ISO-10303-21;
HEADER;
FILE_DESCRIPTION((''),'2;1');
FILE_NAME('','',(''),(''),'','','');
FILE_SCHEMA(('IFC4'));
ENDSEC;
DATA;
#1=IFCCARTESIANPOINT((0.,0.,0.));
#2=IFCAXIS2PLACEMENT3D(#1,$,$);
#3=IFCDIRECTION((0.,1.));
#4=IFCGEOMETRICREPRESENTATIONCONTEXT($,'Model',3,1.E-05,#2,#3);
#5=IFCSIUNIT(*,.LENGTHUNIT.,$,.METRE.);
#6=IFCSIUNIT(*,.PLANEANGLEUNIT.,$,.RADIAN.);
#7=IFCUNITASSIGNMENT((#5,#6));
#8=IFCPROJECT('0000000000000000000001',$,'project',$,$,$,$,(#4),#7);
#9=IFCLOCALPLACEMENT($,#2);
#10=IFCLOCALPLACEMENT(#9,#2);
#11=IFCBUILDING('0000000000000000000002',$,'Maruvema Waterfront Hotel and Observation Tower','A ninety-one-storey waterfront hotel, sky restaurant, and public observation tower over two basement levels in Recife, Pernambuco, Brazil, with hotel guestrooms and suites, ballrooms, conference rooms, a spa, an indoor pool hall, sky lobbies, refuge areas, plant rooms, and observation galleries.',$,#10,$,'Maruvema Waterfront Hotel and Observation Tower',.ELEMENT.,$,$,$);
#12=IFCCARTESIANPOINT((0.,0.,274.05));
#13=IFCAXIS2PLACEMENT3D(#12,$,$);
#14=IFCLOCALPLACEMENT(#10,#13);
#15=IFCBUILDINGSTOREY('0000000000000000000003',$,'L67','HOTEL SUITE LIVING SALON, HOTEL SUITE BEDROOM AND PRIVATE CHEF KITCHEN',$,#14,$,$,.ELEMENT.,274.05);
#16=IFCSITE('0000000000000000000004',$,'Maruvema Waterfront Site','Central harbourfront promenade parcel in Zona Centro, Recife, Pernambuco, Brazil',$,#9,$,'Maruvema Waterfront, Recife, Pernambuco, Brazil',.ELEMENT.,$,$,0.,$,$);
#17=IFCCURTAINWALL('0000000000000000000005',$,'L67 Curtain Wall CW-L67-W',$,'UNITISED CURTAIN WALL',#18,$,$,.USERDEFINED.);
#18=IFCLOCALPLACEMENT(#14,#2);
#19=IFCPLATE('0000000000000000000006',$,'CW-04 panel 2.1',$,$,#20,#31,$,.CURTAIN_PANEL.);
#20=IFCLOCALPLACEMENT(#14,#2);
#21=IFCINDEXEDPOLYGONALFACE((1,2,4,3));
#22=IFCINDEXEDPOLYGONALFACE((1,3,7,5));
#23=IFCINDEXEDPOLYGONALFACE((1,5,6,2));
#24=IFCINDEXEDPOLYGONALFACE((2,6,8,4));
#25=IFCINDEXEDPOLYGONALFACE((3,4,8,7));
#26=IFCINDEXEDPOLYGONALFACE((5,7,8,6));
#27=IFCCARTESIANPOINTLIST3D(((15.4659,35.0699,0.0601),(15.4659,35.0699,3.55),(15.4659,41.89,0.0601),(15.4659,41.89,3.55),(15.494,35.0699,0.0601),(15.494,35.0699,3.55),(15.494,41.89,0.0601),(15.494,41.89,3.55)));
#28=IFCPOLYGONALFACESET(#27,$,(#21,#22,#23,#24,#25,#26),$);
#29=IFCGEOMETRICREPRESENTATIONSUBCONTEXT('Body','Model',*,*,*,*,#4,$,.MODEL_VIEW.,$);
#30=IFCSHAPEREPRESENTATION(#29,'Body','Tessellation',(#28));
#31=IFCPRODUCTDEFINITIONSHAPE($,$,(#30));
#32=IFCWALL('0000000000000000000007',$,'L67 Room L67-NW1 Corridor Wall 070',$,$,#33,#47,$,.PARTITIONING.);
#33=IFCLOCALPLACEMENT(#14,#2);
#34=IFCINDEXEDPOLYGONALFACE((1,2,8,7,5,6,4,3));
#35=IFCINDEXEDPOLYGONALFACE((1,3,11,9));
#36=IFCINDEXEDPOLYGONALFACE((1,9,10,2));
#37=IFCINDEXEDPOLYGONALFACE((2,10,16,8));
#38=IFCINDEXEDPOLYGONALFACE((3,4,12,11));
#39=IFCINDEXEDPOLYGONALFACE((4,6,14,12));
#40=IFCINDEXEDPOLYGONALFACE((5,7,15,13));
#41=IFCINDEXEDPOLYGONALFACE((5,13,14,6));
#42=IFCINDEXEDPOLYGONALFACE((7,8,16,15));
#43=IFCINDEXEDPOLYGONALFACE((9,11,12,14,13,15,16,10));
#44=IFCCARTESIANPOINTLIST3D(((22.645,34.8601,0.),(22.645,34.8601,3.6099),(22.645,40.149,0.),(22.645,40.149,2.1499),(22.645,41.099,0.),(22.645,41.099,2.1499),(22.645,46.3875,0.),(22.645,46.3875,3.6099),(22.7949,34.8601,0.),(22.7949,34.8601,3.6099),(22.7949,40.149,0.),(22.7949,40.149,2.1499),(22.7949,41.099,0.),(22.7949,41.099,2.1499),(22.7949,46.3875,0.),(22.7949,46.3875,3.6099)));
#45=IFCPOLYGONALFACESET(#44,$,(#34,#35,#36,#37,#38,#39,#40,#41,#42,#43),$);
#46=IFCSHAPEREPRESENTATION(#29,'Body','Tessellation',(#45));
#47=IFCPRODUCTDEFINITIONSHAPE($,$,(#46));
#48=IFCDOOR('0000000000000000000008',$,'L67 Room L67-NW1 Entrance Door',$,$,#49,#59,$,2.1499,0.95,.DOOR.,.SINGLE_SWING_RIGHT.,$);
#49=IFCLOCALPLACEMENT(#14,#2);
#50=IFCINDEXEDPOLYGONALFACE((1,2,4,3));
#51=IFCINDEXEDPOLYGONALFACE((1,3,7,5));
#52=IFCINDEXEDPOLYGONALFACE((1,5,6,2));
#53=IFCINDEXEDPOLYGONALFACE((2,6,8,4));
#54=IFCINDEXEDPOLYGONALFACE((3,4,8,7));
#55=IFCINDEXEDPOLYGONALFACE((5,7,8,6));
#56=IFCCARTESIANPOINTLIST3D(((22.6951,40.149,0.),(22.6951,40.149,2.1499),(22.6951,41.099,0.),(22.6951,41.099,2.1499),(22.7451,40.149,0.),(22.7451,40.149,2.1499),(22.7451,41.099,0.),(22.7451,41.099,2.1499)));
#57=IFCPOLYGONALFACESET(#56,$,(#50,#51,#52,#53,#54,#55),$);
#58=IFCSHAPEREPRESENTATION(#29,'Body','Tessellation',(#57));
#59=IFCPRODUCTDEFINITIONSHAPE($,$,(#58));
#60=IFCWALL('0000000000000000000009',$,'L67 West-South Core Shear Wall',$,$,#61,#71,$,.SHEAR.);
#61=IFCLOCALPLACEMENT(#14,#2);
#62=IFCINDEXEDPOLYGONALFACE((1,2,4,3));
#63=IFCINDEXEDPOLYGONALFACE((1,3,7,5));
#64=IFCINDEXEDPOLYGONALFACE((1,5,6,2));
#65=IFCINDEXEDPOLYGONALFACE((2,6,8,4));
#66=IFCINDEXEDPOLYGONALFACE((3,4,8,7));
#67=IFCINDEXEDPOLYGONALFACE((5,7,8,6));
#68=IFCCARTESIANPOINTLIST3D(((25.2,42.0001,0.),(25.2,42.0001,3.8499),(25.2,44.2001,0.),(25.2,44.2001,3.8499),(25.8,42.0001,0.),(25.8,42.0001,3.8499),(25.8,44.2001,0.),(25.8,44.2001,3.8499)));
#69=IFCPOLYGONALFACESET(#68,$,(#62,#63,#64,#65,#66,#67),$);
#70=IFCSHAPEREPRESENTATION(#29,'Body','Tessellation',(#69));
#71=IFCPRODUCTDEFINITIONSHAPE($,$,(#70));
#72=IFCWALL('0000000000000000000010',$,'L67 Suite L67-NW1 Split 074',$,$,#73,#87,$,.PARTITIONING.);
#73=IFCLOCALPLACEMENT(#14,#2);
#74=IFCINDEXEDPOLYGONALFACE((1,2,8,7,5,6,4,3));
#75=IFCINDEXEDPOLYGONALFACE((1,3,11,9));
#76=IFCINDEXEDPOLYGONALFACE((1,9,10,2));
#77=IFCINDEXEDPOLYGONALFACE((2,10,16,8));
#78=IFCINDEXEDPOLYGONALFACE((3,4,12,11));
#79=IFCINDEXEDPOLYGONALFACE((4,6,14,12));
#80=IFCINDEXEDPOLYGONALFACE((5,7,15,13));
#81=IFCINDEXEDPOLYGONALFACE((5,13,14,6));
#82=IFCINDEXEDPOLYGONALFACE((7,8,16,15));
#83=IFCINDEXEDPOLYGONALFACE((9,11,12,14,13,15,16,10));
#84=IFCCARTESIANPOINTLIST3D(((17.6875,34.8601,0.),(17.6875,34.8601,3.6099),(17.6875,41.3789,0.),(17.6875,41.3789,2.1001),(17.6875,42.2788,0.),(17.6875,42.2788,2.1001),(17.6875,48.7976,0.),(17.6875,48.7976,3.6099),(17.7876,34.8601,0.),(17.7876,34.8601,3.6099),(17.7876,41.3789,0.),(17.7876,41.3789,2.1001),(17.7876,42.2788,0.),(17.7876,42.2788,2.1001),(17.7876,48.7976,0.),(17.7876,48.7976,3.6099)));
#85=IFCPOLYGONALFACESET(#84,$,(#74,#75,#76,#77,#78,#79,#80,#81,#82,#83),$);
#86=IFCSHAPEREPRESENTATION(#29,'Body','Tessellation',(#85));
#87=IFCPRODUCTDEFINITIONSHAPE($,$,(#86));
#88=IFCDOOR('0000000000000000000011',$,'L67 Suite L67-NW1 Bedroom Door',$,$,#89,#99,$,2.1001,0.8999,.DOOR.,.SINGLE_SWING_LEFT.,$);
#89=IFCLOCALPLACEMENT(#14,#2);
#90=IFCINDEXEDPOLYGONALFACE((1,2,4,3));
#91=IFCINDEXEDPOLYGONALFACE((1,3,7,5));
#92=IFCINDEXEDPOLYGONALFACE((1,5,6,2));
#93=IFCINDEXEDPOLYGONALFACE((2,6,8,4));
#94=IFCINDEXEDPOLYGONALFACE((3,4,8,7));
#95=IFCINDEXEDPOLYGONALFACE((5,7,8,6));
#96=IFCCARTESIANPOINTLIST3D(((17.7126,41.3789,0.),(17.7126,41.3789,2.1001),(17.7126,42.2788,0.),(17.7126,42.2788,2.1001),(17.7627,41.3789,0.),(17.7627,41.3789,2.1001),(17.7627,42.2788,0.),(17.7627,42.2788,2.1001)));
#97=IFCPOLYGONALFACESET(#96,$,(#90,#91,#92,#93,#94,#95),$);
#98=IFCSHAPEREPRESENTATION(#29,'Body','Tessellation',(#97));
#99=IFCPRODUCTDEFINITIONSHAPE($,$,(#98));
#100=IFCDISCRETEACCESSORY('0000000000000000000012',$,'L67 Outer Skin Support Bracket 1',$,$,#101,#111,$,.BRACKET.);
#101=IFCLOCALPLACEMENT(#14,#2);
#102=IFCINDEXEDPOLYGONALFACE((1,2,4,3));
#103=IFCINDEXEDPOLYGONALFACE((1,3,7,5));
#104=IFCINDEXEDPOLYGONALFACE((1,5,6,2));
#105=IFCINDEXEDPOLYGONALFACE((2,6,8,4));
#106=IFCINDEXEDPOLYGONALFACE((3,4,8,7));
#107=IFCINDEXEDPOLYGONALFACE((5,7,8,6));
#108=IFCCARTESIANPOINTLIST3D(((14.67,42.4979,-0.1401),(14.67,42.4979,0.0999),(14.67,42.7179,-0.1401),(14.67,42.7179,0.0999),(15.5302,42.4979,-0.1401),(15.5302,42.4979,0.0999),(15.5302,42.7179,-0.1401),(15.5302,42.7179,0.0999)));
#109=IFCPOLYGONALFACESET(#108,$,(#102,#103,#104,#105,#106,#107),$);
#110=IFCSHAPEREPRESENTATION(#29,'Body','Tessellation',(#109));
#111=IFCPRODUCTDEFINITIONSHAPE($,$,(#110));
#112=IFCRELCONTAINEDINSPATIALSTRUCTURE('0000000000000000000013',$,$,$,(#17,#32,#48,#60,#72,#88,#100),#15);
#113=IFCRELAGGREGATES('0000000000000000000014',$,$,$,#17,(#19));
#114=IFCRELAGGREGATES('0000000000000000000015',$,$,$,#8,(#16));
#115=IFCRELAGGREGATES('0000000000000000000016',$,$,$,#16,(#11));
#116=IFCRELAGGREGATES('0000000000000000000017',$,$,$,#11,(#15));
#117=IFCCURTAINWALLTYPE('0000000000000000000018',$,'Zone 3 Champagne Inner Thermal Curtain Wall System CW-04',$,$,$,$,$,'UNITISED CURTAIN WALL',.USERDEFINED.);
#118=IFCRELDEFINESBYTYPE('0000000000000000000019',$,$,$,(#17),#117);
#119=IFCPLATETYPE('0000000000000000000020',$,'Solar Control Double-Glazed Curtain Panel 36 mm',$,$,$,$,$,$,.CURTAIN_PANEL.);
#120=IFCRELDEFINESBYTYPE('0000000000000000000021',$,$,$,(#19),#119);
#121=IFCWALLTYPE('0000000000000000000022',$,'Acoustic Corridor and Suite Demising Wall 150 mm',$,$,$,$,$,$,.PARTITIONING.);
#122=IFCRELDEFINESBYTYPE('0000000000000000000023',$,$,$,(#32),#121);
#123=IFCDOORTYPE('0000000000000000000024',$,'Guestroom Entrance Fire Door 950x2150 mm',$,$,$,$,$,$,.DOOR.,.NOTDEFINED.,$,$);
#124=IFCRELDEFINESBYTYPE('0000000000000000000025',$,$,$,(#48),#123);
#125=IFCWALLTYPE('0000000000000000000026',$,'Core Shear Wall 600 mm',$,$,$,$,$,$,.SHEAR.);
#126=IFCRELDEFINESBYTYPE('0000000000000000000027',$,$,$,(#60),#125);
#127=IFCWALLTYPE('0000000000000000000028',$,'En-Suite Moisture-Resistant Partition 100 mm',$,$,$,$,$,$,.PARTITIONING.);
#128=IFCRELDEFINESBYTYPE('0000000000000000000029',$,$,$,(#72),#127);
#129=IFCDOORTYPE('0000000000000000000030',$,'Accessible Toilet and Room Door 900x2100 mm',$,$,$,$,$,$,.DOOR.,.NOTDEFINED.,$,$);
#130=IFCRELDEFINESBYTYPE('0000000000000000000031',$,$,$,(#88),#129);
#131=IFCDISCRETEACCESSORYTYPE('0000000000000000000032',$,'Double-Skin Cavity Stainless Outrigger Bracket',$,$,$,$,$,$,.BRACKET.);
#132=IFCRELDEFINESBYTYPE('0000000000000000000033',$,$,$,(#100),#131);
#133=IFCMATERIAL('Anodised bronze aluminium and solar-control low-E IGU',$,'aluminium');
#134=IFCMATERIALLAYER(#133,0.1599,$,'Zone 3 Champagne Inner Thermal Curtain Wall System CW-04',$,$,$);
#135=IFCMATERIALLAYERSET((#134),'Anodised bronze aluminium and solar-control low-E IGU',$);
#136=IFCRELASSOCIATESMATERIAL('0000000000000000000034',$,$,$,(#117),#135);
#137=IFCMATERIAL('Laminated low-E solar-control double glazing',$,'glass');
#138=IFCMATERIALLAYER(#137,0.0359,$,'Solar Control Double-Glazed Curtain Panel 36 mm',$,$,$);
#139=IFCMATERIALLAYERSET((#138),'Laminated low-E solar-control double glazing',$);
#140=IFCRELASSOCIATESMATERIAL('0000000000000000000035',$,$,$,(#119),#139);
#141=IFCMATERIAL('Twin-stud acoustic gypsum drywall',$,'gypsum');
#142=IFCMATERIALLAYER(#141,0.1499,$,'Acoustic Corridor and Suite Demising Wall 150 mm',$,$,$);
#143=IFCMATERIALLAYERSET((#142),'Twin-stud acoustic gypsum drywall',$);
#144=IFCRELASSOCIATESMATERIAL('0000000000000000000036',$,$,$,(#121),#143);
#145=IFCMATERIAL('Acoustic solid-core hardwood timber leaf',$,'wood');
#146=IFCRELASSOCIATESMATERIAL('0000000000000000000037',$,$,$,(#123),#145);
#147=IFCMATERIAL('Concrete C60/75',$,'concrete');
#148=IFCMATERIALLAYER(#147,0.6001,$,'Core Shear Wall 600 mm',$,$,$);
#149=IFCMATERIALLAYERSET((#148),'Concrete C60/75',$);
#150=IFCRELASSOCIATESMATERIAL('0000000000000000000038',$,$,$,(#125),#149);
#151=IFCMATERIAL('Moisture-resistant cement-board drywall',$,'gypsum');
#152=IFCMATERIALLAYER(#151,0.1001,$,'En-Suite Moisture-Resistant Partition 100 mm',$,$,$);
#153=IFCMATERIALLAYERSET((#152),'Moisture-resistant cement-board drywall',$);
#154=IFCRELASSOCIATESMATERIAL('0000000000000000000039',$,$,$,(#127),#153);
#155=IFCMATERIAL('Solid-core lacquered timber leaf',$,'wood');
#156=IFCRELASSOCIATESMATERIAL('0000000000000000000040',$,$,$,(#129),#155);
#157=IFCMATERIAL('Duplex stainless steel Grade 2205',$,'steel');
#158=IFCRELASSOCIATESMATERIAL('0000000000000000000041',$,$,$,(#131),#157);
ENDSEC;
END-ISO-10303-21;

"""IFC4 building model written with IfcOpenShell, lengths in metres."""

from ifc_helpers import new_model, si_unit, direction, frame, frame_2d, origin, origin_2d, place, context, subcontext, project, spatial, rectangle, extrude, material, layer, layer_set, type_object, element, fill, aggregate, save


model = new_model("IFC4")

# Units and contexts
model_context = context("Model", 3, precision=1e-05, world=origin(), true_north=direction((0.0, 1.0)))
body_context = subcontext(model_context, "Body", "Model", "MODEL_VIEW")
ifc_project = project(units=[si_unit("LENGTHUNIT", "METRE"), si_unit("PLANEANGLEUNIT", "RADIAN")], contexts=[model_context])

# Site, building, storey
site_placement = place(None, origin())
site = spatial("IfcSite", under=ifc_project, at=site_placement, Name="Maruvema Waterfront Site", Description="Central harbourfront promenade parcel in Zona Centro, Recife, Pernambuco, Brazil", LongName="Maruvema Waterfront, Recife, Pernambuco, Brazil", CompositionType="ELEMENT", RefElevation=0.0)
building_placement = place(site_placement, origin())
building = spatial("IfcBuilding", under=site, at=building_placement, Name="Maruvema Waterfront Hotel and Observation Tower", Description="A ninety-one-storey waterfront hotel, sky restaurant, and public observation tower over two basement levels in Recife, Pernambuco, Brazil, with hotel guestrooms and suites, ballrooms, conference rooms, a spa, an indoor pool hall, sky lobbies, refuge areas, plant rooms, and observation galleries.", LongName="Maruvema Waterfront Hotel and Observation Tower", CompositionType="ELEMENT")
storey_placement = place(building_placement, frame((0.0, 0.0, 274.05)))
storey = spatial("IfcBuildingStorey", under=building, at=storey_placement, Name="L67", Description="HOTEL SUITE LIVING SALON, HOTEL SUITE BEDROOM AND PRIVATE CHEF KITCHEN", CompositionType="ELEMENT", Elevation=274.05)

# Curtain wall
ifc_material_1 = material(Name="Anodised bronze aluminium and solar-control low-E IGU", Category="aluminium")
ifc_layer_1 = layer(ifc_material_1, 0.1599, Name="Zone 3 Champagne Inner Thermal Curtain Wall System CW-04")
ifc_layer_set_1 = layer_set([ifc_layer_1], Name="Anodised bronze aluminium and solar-control low-E IGU")
curtain_wall_type = type_object("IfcCurtainWallType", Name="Zone 3 Champagne Inner Thermal Curtain Wall System CW-04", ElementType="UNITISED CURTAIN WALL", PredefinedType="USERDEFINED", material=ifc_layer_set_1)
curtain_wall_placement = place(storey_placement, origin())
curtain_wall = element("IfcCurtainWall", 1, at=curtain_wall_placement, inside=storey, type_object=curtain_wall_type, Name="L67 Curtain Wall CW-L67-W", ObjectType="UNITISED CURTAIN WALL", PredefinedType="USERDEFINED")

# Plate
ifc_material_2 = material(Name="Laminated low-E solar-control double glazing", Category="glass")
ifc_layer_2 = layer(ifc_material_2, 0.0359, Name="Solar Control Double-Glazed Curtain Panel 36 mm")
ifc_layer_set_2 = layer_set([ifc_layer_2], Name="Laminated low-E solar-control double glazing")
plate_type = type_object("IfcPlateType", Name="Solar Control Double-Glazed Curtain Panel 36 mm", PredefinedType="CURTAIN_PANEL", material=ifc_layer_set_2)
plate_placement = place(storey_placement, frame((15.48, 38.48, 0.0601), z_axis=(0.0, 0.0, 1.0), x_axis=(0.0, -1.0, 0.0)))
plate = element("IfcPlate", 2, at=plate_placement, type_object=plate_type, Name="CW-04 panel 2.1", PredefinedType="CURTAIN_PANEL", context=body_context, shape_type="SweptSolid", body=[
    extrude(rectangle(XDim=6.8201, YDim=0.0281, at=origin_2d()), origin(), (0.0, 0.0, 1.0), 3.49),
])
aggregate(curtain_wall, [plate])

# Wall, opening, door
ifc_material_3 = material(Name="Twin-stud acoustic gypsum drywall", Category="gypsum")
ifc_layer_3 = layer(ifc_material_3, 0.1499, Name="Acoustic Corridor and Suite Demising Wall 150 mm")
ifc_layer_set_3 = layer_set([ifc_layer_3], Name="Twin-stud acoustic gypsum drywall")
wall_type_1 = type_object("IfcWallType", Name="Acoustic Corridor and Suite Demising Wall 150 mm", PredefinedType="PARTITIONING", material=ifc_layer_set_3)
wall_1_placement = place(storey_placement, frame((22.72, 34.8601, 0.0), z_axis=(0.0, 0.0, 1.0), x_axis=(0.0, 1.0, 0.0)))
wall_1 = element("IfcWall", 3, at=wall_1_placement, inside=storey, type_object=wall_type_1, Name="L67 Room L67-NW1 Corridor Wall 070", PredefinedType="PARTITIONING", context=body_context, shape_type="SweptSolid", body=[
    extrude(rectangle(XDim=11.5273, YDim=0.1499, at=frame_2d((5.7637, 0.0))), origin(), (0.0, 0.0, 1.0), 3.6099),
])
opening_1_placement = place(wall_1_placement, frame((5.2888, 0.0, 0.0)))
opening_1 = element("IfcOpeningElement", 4, at=opening_1_placement, cuts=wall_1, PredefinedType="OPENING", context=body_context, shape_type="SweptSolid", body=[
    extrude(rectangle(XDim=0.95, YDim=2.1499, at=frame_2d((0.4751, 1.075))), frame((0.0, 0.085, 0.0), z_axis=(0.0, -1.0, 0.0), x_axis=(1.0, 0.0, 0.0)), (0.0, 0.0, 1.0), 0.1699),
])
ifc_material_4 = material(Name="Acoustic solid-core hardwood timber leaf", Category="wood")
door_type_1 = type_object("IfcDoorType", Name="Guestroom Entrance Fire Door 950x2150 mm", OperationType="NOTDEFINED", PredefinedType="DOOR", material=ifc_material_4)
door_1_placement = place(opening_1_placement, origin())
door_1 = element("IfcDoor", 5, at=door_1_placement, inside=storey, type_object=door_type_1, Name="L67 Room L67-NW1 Entrance Door", OperationType="SINGLE_SWING_RIGHT", OverallHeight=2.1499, OverallWidth=0.95, PredefinedType="DOOR", context=body_context, shape_type="SweptSolid", body=[
    extrude(rectangle(XDim=0.95, YDim=2.1499, at=frame_2d((0.4751, 1.075))), frame((0.0, 0.0249, 0.0), z_axis=(0.0, -1.0, 0.0), x_axis=(1.0, 0.0, 0.0)), (0.0, 0.0, 1.0), 0.05),
])
fill(opening_1, door_1)

# Shared definitions
ifc_material_5 = material(Name="Concrete C60/75", Category="concrete")
ifc_layer_4 = layer(ifc_material_5, 0.6001, Name="Core Shear Wall 600 mm")
ifc_layer_set_4 = layer_set([ifc_layer_4], Name="Concrete C60/75")
wall_type_2 = type_object("IfcWallType", Name="Core Shear Wall 600 mm", PredefinedType="SHEAR", material=ifc_layer_set_4)

# Wall
wall_2_placement = place(storey_placement, frame((25.5, 42.0, 0.0), z_axis=(0.0, 0.0, 1.0), x_axis=(0.0, 1.0, 0.0)))
element("IfcWall", 6, at=wall_2_placement, inside=storey, type_object=wall_type_2, Name="L67 West-South Core Shear Wall", PredefinedType="SHEAR", context=body_context, shape_type="SweptSolid", body=[
    extrude(rectangle(XDim=2.2, YDim=0.6001, at=frame_2d((1.1001, 0.0))), origin(), (0.0, 0.0, 1.0), 3.8499),
])

# Wall, opening, door
ifc_material_6 = material(Name="Moisture-resistant cement-board drywall", Category="gypsum")
ifc_layer_5 = layer(ifc_material_6, 0.1001, Name="En-Suite Moisture-Resistant Partition 100 mm")
ifc_layer_set_5 = layer_set([ifc_layer_5], Name="Moisture-resistant cement-board drywall")
wall_type_3 = type_object("IfcWallType", Name="En-Suite Moisture-Resistant Partition 100 mm", PredefinedType="PARTITIONING", material=ifc_layer_set_5)
wall_3_placement = place(storey_placement, frame((17.7375, 34.8601, 0.0), z_axis=(0.0, 0.0, 1.0), x_axis=(0.0, 1.0, 0.0)))
wall_3 = element("IfcWall", 7, at=wall_3_placement, inside=storey, type_object=wall_type_3, Name="L67 Suite L67-NW1 Split 074", PredefinedType="PARTITIONING", context=body_context, shape_type="SweptSolid", body=[
    extrude(rectangle(XDim=13.9375, YDim=0.1001, at=frame_2d((6.9688, 0.0))), origin(), (0.0, 0.0, 1.0), 3.6099),
])
opening_2_placement = place(wall_3_placement, frame((6.5188, 0.0, 0.0)))
opening_2 = element("IfcOpeningElement", 8, at=opening_2_placement, cuts=wall_3, PredefinedType="OPENING", context=body_context, shape_type="SweptSolid", body=[
    extrude(rectangle(XDim=0.8999, YDim=2.1001, at=frame_2d((0.45, 1.05))), frame((0.0, 0.0601, 0.0), z_axis=(0.0, -1.0, 0.0), x_axis=(1.0, 0.0, 0.0)), (0.0, 0.0, 1.0), 0.1201),
])
ifc_material_7 = material(Name="Solid-core lacquered timber leaf", Category="wood")
door_type_2 = type_object("IfcDoorType", Name="Accessible Toilet and Room Door 900x2100 mm", OperationType="NOTDEFINED", PredefinedType="DOOR", material=ifc_material_7)
door_2_placement = place(opening_2_placement, origin())
door_2 = element("IfcDoor", 9, at=door_2_placement, inside=storey, type_object=door_type_2, Name="L67 Suite L67-NW1 Bedroom Door", OperationType="SINGLE_SWING_LEFT", OverallHeight=2.1001, OverallWidth=0.8999, PredefinedType="DOOR", context=body_context, shape_type="SweptSolid", body=[
    extrude(rectangle(XDim=0.8999, YDim=2.1001, at=frame_2d((0.45, 1.05))), frame((0.0, 0.0249, 0.0), z_axis=(0.0, -1.0, 0.0), x_axis=(1.0, 0.0, 0.0)), (0.0, 0.0, 1.0), 0.05),
])
fill(opening_2, door_2)

# Discrete accessory
ifc_material_8 = material(Name="Duplex stainless steel Grade 2205", Category="steel")
discrete_accessory_type = type_object("IfcDiscreteAccessoryType", Name="Double-Skin Cavity Stainless Outrigger Bracket", PredefinedType="BRACKET", material=ifc_material_8)
discrete_accessory_placement = place(storey_placement, frame((15.1001, 42.6079, -0.1401), z_axis=(0.0, 0.0, 1.0), x_axis=(0.0, -1.0, 0.0)))
element("IfcDiscreteAccessory", 10, at=discrete_accessory_placement, inside=storey, type_object=discrete_accessory_type, Name="L67 Outer Skin Support Bracket 1", PredefinedType="BRACKET", context=body_context, shape_type="SweptSolid", body=[
    extrude(rectangle(XDim=0.22, YDim=0.8601, at=origin_2d()), origin(), (0.0, 0.0, 1.0), 0.24),
])

save(model, "model.ifc")
